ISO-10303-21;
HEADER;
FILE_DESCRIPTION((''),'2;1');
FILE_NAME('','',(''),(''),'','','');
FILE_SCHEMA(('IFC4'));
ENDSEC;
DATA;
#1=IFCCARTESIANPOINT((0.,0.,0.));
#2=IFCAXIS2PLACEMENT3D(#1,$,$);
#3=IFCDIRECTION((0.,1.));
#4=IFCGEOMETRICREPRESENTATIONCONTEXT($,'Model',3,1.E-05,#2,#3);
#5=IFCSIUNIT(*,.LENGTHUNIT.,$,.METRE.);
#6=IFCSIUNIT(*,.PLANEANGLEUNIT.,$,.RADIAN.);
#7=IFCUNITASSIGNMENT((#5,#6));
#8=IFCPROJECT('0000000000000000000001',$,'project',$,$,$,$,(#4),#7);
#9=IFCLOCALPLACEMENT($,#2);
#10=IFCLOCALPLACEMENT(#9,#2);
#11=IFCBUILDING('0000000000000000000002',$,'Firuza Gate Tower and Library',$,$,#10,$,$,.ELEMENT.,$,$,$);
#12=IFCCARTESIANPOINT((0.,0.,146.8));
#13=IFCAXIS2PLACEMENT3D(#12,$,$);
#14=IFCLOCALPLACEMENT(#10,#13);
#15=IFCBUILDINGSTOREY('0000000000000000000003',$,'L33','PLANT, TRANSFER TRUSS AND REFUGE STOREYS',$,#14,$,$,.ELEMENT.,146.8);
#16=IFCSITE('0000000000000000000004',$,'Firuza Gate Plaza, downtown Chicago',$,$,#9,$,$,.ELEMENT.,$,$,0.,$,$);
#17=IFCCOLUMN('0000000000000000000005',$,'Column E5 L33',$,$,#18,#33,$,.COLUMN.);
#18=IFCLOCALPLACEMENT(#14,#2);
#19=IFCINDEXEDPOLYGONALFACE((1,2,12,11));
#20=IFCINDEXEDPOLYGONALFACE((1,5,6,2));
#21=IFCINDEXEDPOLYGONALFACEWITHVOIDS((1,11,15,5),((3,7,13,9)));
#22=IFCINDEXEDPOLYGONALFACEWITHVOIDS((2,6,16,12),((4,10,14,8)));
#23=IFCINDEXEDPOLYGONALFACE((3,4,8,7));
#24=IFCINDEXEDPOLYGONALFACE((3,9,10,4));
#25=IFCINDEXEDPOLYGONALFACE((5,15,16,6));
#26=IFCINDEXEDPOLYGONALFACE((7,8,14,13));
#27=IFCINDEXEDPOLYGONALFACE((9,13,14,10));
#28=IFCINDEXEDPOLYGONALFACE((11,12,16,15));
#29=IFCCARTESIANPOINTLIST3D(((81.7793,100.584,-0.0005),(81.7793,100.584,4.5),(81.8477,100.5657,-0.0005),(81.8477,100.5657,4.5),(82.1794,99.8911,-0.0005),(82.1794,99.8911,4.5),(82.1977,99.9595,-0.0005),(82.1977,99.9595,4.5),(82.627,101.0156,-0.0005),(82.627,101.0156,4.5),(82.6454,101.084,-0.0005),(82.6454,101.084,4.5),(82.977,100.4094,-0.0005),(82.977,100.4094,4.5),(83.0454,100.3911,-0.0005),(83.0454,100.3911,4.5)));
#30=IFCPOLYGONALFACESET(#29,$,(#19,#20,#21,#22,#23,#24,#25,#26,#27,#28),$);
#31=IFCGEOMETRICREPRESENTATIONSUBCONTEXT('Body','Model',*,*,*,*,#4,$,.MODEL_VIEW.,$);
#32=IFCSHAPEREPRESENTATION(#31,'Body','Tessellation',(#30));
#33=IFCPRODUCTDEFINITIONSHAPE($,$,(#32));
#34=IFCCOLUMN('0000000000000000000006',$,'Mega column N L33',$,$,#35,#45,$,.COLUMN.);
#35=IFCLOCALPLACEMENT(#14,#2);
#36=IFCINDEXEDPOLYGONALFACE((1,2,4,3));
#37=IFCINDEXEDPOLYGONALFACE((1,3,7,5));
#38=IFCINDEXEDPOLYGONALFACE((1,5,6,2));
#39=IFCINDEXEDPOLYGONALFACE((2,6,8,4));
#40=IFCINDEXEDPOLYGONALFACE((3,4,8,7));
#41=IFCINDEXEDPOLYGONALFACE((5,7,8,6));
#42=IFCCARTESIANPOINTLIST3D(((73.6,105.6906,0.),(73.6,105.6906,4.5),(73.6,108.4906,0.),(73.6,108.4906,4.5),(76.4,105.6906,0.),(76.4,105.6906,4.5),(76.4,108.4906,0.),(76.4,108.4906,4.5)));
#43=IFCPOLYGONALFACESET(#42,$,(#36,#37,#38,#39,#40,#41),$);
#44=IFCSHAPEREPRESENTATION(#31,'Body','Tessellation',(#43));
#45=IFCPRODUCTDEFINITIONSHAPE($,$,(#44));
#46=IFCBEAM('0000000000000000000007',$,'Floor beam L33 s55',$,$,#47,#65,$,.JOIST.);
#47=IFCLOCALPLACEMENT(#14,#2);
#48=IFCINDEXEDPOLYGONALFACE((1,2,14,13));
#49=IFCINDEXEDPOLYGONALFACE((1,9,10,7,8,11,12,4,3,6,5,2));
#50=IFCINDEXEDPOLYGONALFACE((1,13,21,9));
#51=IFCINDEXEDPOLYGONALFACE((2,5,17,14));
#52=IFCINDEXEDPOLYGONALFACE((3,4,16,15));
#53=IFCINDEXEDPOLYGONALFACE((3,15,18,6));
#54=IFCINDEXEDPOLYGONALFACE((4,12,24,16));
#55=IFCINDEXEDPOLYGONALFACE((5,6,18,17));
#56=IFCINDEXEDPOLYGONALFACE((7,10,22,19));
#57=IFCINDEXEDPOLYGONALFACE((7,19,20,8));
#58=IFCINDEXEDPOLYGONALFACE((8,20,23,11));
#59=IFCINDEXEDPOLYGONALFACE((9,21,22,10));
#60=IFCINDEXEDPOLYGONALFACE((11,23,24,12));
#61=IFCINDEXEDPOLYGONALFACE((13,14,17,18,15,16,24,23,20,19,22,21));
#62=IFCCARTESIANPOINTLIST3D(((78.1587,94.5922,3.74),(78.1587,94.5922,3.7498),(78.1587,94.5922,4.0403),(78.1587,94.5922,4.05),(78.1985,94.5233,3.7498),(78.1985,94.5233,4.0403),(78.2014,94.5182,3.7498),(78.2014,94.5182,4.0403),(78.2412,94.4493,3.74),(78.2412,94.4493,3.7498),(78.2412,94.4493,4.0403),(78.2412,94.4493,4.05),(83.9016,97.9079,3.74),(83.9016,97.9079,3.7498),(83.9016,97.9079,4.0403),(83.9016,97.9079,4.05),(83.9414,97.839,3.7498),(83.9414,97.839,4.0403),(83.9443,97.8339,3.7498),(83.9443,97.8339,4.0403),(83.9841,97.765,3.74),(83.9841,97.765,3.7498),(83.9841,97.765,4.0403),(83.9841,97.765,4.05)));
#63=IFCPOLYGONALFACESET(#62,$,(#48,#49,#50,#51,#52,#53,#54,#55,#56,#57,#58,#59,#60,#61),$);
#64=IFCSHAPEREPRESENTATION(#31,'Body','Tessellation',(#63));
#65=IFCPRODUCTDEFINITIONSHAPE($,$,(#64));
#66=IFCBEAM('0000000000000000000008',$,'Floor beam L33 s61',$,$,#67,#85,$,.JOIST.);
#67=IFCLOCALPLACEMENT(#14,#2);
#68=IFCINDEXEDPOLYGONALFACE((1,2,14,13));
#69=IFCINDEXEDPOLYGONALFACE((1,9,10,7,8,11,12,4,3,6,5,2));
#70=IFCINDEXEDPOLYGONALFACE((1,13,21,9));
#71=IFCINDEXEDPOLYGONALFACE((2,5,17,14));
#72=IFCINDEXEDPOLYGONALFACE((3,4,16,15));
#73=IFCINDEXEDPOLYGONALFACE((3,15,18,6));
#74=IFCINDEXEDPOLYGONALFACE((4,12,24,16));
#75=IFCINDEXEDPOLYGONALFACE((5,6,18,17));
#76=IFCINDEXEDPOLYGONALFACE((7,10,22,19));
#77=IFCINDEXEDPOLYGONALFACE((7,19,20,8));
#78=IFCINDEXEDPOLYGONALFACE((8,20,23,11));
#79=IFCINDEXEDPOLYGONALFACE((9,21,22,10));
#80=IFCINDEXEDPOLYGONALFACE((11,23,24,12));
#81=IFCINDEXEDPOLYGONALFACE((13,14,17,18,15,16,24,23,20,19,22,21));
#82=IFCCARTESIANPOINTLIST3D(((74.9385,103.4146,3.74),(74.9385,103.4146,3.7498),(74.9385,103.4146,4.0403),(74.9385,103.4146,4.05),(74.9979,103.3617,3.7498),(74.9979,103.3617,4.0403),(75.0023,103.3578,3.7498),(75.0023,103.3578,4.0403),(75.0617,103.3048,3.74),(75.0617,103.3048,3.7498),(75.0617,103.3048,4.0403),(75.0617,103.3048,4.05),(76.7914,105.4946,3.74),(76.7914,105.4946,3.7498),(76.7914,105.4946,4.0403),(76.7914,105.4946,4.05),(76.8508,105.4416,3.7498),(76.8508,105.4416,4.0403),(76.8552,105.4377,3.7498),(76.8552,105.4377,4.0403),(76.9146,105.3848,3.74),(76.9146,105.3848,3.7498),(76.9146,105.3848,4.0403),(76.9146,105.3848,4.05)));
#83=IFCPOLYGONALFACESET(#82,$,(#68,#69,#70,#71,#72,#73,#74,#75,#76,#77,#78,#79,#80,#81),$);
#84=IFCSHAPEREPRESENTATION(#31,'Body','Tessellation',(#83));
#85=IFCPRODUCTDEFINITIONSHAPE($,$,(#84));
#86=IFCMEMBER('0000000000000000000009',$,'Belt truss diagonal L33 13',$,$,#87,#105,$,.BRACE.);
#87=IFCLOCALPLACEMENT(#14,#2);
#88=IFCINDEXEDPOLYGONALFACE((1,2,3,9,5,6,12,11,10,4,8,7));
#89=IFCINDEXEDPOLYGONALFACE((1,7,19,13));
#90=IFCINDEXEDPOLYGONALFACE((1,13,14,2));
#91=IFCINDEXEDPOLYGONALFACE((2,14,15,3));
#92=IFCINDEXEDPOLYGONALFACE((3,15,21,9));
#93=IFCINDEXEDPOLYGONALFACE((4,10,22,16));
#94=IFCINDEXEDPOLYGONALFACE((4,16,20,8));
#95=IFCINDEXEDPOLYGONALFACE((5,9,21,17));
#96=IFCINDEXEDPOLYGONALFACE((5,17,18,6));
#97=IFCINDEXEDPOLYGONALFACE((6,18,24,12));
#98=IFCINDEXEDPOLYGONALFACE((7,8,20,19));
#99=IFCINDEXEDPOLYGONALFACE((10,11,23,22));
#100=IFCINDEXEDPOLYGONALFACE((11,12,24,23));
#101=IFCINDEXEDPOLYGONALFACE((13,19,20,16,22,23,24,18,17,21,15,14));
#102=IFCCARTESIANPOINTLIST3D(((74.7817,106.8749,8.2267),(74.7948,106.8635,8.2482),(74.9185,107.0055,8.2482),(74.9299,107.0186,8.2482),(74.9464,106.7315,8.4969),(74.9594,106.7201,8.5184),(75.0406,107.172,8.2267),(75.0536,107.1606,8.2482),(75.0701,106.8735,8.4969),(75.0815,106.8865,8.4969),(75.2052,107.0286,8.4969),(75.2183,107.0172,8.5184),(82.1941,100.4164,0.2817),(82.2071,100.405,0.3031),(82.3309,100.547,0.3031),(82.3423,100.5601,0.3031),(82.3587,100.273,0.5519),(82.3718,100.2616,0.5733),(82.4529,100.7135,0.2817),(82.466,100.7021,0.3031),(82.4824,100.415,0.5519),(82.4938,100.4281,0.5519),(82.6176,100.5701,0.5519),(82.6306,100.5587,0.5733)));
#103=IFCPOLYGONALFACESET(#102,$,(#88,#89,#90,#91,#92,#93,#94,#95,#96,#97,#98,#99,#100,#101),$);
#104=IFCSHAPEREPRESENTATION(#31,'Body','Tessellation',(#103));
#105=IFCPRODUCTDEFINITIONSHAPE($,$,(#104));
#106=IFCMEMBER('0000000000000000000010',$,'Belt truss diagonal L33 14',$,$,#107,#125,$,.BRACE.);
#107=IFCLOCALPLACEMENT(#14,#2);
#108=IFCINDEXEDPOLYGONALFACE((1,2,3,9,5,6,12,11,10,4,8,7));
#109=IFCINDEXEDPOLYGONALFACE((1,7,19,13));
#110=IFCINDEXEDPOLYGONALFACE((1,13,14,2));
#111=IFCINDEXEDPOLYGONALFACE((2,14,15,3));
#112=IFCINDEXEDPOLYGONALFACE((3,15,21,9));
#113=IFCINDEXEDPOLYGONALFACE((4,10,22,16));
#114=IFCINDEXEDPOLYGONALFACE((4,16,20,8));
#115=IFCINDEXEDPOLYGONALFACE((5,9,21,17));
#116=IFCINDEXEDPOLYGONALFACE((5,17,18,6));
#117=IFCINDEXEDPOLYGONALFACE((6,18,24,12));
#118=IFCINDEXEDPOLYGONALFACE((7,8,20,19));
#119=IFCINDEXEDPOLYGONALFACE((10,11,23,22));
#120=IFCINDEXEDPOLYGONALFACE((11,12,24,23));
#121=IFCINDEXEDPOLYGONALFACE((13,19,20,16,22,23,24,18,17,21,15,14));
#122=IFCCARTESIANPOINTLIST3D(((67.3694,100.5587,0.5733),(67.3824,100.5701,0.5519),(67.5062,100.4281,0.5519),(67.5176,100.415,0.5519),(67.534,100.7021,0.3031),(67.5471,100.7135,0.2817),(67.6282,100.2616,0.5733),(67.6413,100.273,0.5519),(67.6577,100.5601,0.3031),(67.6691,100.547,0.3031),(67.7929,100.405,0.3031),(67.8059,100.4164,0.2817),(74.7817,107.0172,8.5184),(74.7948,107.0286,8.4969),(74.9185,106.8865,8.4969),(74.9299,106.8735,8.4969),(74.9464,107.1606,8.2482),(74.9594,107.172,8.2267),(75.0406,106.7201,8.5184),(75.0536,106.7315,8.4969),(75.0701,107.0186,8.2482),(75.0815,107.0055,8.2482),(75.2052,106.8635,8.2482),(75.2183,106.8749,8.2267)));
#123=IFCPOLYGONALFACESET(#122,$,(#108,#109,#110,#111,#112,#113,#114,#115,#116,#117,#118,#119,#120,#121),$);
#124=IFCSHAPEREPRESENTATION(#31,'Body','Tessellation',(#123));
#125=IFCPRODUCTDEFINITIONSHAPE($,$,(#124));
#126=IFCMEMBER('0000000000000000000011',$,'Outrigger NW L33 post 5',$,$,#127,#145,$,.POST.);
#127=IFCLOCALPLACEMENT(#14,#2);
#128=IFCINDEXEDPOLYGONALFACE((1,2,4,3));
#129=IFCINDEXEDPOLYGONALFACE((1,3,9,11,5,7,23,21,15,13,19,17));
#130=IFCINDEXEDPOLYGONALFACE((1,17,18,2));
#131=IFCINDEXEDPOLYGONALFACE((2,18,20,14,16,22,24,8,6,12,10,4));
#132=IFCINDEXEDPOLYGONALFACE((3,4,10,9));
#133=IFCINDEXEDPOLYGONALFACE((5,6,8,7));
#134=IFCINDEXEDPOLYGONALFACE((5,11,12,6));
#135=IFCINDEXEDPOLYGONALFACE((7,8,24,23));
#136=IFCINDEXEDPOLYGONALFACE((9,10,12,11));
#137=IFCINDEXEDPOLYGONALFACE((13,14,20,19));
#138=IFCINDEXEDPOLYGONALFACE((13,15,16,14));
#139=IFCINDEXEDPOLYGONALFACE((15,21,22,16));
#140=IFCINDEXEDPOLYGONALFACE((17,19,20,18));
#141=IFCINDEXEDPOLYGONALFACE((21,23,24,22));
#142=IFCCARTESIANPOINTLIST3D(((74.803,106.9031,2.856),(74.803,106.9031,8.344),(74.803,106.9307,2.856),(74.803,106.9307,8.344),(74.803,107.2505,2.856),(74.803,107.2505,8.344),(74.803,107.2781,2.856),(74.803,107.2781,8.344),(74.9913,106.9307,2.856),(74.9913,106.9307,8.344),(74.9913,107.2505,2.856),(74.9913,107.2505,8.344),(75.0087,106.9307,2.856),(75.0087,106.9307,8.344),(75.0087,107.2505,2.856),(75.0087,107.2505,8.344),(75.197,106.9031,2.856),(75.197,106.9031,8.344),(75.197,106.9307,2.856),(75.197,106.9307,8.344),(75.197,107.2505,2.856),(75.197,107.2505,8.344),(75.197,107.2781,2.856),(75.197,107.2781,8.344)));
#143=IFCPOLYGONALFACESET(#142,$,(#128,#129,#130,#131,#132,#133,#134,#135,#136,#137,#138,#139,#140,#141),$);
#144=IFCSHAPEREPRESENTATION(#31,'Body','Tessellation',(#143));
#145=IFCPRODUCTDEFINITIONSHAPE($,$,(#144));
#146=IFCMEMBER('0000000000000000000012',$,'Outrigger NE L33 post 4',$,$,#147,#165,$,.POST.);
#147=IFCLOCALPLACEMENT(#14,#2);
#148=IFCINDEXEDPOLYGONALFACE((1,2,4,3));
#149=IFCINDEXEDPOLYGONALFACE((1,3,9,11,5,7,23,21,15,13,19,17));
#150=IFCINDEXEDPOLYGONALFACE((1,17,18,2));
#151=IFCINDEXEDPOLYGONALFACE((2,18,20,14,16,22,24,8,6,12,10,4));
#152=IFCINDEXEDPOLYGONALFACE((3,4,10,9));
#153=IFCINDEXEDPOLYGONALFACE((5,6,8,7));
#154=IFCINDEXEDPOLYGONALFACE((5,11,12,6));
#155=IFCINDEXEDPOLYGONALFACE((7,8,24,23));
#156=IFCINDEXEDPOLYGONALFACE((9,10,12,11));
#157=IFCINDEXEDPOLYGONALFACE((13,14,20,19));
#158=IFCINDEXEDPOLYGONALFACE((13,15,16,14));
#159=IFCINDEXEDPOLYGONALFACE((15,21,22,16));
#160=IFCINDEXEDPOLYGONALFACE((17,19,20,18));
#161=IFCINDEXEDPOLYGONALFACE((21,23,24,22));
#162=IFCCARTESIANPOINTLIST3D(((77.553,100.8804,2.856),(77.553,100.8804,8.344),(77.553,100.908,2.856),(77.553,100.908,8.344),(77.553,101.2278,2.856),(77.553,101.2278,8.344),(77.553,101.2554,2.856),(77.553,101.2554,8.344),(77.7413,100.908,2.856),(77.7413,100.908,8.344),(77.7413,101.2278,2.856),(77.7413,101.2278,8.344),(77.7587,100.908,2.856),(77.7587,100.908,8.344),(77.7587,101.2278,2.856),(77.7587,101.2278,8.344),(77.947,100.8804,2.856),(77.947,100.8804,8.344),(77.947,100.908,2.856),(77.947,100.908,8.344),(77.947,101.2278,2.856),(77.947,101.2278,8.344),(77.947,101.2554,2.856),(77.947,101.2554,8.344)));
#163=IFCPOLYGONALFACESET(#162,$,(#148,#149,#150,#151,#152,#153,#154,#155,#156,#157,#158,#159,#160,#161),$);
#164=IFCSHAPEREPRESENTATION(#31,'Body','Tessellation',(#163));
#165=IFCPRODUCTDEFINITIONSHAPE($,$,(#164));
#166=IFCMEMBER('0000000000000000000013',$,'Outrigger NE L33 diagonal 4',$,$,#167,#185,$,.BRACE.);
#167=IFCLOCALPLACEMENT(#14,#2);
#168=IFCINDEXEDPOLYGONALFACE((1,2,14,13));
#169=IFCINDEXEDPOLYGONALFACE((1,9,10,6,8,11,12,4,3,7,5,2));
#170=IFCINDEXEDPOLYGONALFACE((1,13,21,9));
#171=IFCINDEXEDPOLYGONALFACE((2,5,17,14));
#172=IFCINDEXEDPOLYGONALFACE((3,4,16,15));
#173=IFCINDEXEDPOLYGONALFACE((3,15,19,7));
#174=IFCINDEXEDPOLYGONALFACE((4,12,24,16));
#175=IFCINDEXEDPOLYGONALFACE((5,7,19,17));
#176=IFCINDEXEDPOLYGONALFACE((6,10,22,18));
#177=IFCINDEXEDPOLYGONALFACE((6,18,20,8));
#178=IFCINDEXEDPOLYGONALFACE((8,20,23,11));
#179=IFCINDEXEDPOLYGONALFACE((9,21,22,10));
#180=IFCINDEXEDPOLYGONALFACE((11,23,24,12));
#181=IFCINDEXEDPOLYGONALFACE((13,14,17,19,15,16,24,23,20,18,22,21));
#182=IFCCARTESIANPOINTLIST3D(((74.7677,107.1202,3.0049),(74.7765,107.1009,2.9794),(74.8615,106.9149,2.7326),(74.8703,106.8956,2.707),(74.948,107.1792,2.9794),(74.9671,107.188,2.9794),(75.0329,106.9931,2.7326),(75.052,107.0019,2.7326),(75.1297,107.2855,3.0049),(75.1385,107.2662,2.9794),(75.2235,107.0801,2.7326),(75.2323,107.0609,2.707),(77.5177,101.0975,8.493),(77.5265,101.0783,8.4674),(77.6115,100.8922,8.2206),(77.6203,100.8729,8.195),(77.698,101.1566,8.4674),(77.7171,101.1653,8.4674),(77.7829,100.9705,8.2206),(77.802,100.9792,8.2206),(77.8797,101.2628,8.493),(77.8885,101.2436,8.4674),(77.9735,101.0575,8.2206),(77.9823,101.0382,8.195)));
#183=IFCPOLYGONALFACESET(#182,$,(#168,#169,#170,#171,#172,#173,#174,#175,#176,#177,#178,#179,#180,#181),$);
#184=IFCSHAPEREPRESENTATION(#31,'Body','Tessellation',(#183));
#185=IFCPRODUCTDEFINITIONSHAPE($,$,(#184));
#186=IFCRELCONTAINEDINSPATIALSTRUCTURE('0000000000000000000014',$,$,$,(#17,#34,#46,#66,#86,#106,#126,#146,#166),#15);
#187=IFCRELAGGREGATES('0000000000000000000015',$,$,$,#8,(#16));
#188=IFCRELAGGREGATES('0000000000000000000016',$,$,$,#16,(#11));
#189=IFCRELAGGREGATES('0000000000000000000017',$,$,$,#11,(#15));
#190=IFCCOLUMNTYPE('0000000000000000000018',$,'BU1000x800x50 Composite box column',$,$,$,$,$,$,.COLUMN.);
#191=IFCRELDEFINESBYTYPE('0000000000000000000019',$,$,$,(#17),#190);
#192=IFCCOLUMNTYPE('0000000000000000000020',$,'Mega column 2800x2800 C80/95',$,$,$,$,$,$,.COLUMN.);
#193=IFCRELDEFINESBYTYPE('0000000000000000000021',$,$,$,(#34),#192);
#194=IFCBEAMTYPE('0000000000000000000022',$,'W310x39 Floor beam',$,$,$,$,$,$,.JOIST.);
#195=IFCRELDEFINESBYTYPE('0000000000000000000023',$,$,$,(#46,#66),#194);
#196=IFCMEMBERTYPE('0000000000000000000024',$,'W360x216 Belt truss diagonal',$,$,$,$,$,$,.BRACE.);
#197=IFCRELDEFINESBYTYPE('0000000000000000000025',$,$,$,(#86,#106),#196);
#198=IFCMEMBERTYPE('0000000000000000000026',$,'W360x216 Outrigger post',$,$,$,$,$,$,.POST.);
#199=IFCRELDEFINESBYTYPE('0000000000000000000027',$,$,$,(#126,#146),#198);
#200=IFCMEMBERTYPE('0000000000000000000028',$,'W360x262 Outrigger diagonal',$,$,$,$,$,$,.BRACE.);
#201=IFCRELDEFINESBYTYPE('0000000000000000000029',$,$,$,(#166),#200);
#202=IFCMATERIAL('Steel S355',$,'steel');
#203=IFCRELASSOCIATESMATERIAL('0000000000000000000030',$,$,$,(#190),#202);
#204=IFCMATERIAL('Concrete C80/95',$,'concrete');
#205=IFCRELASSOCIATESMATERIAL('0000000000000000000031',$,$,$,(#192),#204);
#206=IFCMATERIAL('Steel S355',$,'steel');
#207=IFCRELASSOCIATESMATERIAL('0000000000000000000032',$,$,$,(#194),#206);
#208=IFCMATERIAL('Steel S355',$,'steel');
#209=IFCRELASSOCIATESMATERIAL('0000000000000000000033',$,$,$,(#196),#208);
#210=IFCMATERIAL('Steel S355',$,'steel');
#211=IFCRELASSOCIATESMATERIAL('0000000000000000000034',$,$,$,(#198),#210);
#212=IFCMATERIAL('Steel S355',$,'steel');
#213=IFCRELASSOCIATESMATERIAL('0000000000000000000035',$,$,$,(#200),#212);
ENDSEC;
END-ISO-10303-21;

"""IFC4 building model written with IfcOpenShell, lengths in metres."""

from ifc_helpers import new_model, si_unit, direction, frame, origin, origin_2d, place, context, subcontext, project, spatial, rectangle, hollow_rectangle, i_section, extrude, material, material_profile, profile_set, type_object, element, save


model = new_model("IFC4")

# Units and contexts
model_context = context("Model", 3, precision=1e-05, world=origin(), true_north=direction((0.0, 1.0)))
body_context = subcontext(model_context, "Body", "Model", "MODEL_VIEW")
ifc_project = project(units=[si_unit("LENGTHUNIT", "METRE"), si_unit("PLANEANGLEUNIT", "RADIAN")], contexts=[model_context])

# Site, building, storey
site_placement = place(None, origin())
site = spatial("IfcSite", under=ifc_project, at=site_placement, Name="Firuza Gate Plaza, downtown Chicago", CompositionType="ELEMENT", RefElevation=0.0)
building_placement = place(site_placement, origin())
building = spatial("IfcBuilding", under=site, at=building_placement, Name="Firuza Gate Tower and Library", CompositionType="ELEMENT")
storey_placement = place(building_placement, frame((0.0, 0.0, 146.8)))
storey = spatial("IfcBuildingStorey", under=building, at=storey_placement, Name="L33", Description="PLANT, TRANSFER TRUSS AND REFUGE STOREYS", CompositionType="ELEMENT", Elevation=146.8)

# Columns
ifc_material_1 = material(Name="Steel S355", Category="steel")
ifc_material_profile_1 = material_profile(ifc_material_1, hollow_rectangle(XDim=0.8, YDim=1.0, WallThickness=0.05, at=origin_2d()))
ifc_profile_set_1 = profile_set([ifc_material_profile_1], Name="Steel S355")
column_type_1 = type_object("IfcColumnType", Name="BU1000x800x50 Composite box column", PredefinedType="COLUMN", material=ifc_profile_set_1)
column_1_placement = place(storey_placement, frame((82.4124, 100.4875, -0.0005), z_axis=(0.0, 0.0, 1.0), x_axis=(-0.5, 0.866025, 0.0)))
element("IfcColumn", 1, at=column_1_placement, inside=storey, type_object=column_type_1, Name="Column E5 L33", PredefinedType="COLUMN", context=body_context, shape_type="SweptSolid", body=[
    extrude(hollow_rectangle(XDim=0.8, YDim=1.0, WallThickness=0.05, at=origin_2d()), origin(), (0.0, 0.0, 1.0), 4.5005),
])
ifc_material_2 = material(Name="Concrete C80/95", Category="concrete")
ifc_material_profile_2 = material_profile(ifc_material_2, rectangle(XDim=2.8, YDim=2.8, at=origin_2d()))
ifc_profile_set_2 = profile_set([ifc_material_profile_2], Name="Concrete C80/95")
column_type_2 = type_object("IfcColumnType", Name="Mega column 2800x2800 C80/95", PredefinedType="COLUMN", material=ifc_profile_set_2)
column_2_placement = place(storey_placement, frame((75.0, 107.0906, 0.0), z_axis=(0.0, 0.0, 1.0), x_axis=(-1.0, 0.0, 0.0)))
element("IfcColumn", 2, at=column_2_placement, inside=storey, type_object=column_type_2, Name="Mega column N L33", PredefinedType="COLUMN", context=body_context, shape_type="SweptSolid", body=[
    extrude(rectangle(XDim=2.8, YDim=2.8, at=origin_2d()), origin(), (0.0, 0.0, 1.0), 4.5),
])

# Beams
ifc_material_3 = material(Name="Steel S355", Category="steel")
ifc_material_profile_3 = material_profile(ifc_material_3, i_section(OverallWidth=0.165, OverallDepth=0.3101, WebThickness=0.0059, FlangeThickness=0.0098, at=origin_2d()))
ifc_profile_set_3 = profile_set([ifc_material_profile_3], Name="Steel S355")
beam_type_1 = type_object("IfcBeamType", Name="W310x39 Floor beam", PredefinedType="JOIST", material=ifc_profile_set_3)
beam_1_placement = place(storey_placement, frame((83.9429, 97.8364, 3.895), z_axis=(-0.866026, -0.5, 0.0), x_axis=(0.5, -0.866026, 0.0)))
element("IfcBeam", 3, at=beam_1_placement, inside=storey, type_object=beam_type_1, Name="Floor beam L33 s55", PredefinedType="JOIST", context=body_context, shape_type="SweptSolid", body=[
    extrude(i_section(OverallWidth=0.165, OverallDepth=0.3101, WebThickness=0.0059, FlangeThickness=0.0098, at=origin_2d()), origin(), (0.0, 0.0, 1.0), 6.6313),
])
beam_2_placement = place(storey_placement, frame((76.853, 105.4397, 3.895), z_axis=(-0.665179, -0.746684, 0.0), x_axis=(0.746684, -0.665179, 0.0)))
element("IfcBeam", 4, at=beam_2_placement, inside=storey, type_object=beam_type_1, Name="Floor beam L33 s61", PredefinedType="JOIST", context=body_context, shape_type="SweptSolid", body=[
    extrude(i_section(OverallWidth=0.165, OverallDepth=0.3101, WebThickness=0.0059, FlangeThickness=0.0098, at=origin_2d()), origin(), (0.0, 0.0, 1.0), 2.7856),
])

# Members
ifc_material_4 = material(Name="Steel S355", Category="steel")
ifc_material_profile_4 = material_profile(ifc_material_4, i_section(OverallWidth=0.394, OverallDepth=0.375, WebThickness=0.0173, FlangeThickness=0.0276, at=origin_2d()))
ifc_profile_set_4 = profile_set([ifc_material_profile_4], Name="Steel S355")
member_type_1 = type_object("IfcMemberType", Name="W360x216 Belt truss diagonal", PredefinedType="BRACE", material=ifc_profile_set_4)
for number, where, z_axis, x_axis, name in (
    (5, (82.4124, 100.4875, 0.4275), (-0.586403, 0.510942, 0.628547), (-0.65693, -0.753952, 0.0), "Belt truss diagonal L33 13"),
    (6, (75.0, 106.946, 8.3726), (-0.586403, -0.510942, -0.628547), (0.65693, -0.753952, 0.0), "Belt truss diagonal L33 14"),
):
    element("IfcMember", number, at=place(storey_placement, frame(where, z_axis=z_axis, x_axis=x_axis)), inside=storey, type_object=member_type_1, Name=name, PredefinedType="BRACE", context=body_context, shape_type="SweptSolid", body=[
        extrude(i_section(OverallWidth=0.394, OverallDepth=0.375, WebThickness=0.0173, FlangeThickness=0.0276, at=origin_2d()), origin(), (0.0, 0.0, 1.0), 12.6404),
    ])
ifc_material_5 = material(Name="Steel S355", Category="steel")
ifc_material_profile_5 = material_profile(ifc_material_5, i_section(OverallWidth=0.394, OverallDepth=0.375, WebThickness=0.0173, FlangeThickness=0.0276, at=origin_2d()))
ifc_profile_set_5 = profile_set([ifc_material_profile_5], Name="Steel S355")
member_type_2 = type_object("IfcMemberType", Name="W360x216 Outrigger post", PredefinedType="POST", material=ifc_profile_set_5)
for number, where, z_axis, x_axis, name in (
    (7, (75.0, 107.0906, 2.856), (0.0, 0.0, 1.0), (1.0, 0.0, 0.0), "Outrigger NW L33 post 5"),
    (8, (77.75, 101.0679, 2.856), (0.0, 0.0, 1.0), (1.0, 0.0, 0.0), "Outrigger NE L33 post 4"),
):
    element("IfcMember", number, at=place(storey_placement, frame(where, z_axis=z_axis, x_axis=x_axis)), inside=storey, type_object=member_type_2, Name=name, PredefinedType="POST", context=body_context, shape_type="SweptSolid", body=[
        extrude(i_section(OverallWidth=0.394, OverallDepth=0.375, WebThickness=0.0173, FlangeThickness=0.0276, at=origin_2d()), origin(), (0.0, 0.0, 1.0), 5.488),
    ])
ifc_material_6 = material(Name="Steel S355", Category="steel")
ifc_material_profile_6 = material_profile(ifc_material_6, i_section(OverallWidth=0.3979, OverallDepth=0.387, WebThickness=0.021, FlangeThickness=0.0332, at=origin_2d()))
ifc_profile_set_6 = profile_set([ifc_material_profile_6], Name="Steel S355")
member_type_3 = type_object("IfcMemberType", Name="W360x262 Outrigger diagonal", PredefinedType="BRACE", material=ifc_profile_set_6)
member_1_placement = place(storey_placement, frame((77.75, 101.0679, 8.344), z_axis=(-0.31978, 0.700343, -0.63817), x_axis=(-0.909659, -0.415355, 0.0)))
element("IfcMember", 9, at=member_1_placement, inside=storey, type_object=member_type_3, Name="Outrigger NE L33 diagonal 4", PredefinedType="BRACE", context=body_context, shape_type="SweptSolid", body=[
    extrude(i_section(OverallWidth=0.3979, OverallDepth=0.387, WebThickness=0.021, FlangeThickness=0.0332, at=origin_2d()), origin(), (0.0, 0.0, 1.0), 8.5996),
])

save(model, "model.ifc")
